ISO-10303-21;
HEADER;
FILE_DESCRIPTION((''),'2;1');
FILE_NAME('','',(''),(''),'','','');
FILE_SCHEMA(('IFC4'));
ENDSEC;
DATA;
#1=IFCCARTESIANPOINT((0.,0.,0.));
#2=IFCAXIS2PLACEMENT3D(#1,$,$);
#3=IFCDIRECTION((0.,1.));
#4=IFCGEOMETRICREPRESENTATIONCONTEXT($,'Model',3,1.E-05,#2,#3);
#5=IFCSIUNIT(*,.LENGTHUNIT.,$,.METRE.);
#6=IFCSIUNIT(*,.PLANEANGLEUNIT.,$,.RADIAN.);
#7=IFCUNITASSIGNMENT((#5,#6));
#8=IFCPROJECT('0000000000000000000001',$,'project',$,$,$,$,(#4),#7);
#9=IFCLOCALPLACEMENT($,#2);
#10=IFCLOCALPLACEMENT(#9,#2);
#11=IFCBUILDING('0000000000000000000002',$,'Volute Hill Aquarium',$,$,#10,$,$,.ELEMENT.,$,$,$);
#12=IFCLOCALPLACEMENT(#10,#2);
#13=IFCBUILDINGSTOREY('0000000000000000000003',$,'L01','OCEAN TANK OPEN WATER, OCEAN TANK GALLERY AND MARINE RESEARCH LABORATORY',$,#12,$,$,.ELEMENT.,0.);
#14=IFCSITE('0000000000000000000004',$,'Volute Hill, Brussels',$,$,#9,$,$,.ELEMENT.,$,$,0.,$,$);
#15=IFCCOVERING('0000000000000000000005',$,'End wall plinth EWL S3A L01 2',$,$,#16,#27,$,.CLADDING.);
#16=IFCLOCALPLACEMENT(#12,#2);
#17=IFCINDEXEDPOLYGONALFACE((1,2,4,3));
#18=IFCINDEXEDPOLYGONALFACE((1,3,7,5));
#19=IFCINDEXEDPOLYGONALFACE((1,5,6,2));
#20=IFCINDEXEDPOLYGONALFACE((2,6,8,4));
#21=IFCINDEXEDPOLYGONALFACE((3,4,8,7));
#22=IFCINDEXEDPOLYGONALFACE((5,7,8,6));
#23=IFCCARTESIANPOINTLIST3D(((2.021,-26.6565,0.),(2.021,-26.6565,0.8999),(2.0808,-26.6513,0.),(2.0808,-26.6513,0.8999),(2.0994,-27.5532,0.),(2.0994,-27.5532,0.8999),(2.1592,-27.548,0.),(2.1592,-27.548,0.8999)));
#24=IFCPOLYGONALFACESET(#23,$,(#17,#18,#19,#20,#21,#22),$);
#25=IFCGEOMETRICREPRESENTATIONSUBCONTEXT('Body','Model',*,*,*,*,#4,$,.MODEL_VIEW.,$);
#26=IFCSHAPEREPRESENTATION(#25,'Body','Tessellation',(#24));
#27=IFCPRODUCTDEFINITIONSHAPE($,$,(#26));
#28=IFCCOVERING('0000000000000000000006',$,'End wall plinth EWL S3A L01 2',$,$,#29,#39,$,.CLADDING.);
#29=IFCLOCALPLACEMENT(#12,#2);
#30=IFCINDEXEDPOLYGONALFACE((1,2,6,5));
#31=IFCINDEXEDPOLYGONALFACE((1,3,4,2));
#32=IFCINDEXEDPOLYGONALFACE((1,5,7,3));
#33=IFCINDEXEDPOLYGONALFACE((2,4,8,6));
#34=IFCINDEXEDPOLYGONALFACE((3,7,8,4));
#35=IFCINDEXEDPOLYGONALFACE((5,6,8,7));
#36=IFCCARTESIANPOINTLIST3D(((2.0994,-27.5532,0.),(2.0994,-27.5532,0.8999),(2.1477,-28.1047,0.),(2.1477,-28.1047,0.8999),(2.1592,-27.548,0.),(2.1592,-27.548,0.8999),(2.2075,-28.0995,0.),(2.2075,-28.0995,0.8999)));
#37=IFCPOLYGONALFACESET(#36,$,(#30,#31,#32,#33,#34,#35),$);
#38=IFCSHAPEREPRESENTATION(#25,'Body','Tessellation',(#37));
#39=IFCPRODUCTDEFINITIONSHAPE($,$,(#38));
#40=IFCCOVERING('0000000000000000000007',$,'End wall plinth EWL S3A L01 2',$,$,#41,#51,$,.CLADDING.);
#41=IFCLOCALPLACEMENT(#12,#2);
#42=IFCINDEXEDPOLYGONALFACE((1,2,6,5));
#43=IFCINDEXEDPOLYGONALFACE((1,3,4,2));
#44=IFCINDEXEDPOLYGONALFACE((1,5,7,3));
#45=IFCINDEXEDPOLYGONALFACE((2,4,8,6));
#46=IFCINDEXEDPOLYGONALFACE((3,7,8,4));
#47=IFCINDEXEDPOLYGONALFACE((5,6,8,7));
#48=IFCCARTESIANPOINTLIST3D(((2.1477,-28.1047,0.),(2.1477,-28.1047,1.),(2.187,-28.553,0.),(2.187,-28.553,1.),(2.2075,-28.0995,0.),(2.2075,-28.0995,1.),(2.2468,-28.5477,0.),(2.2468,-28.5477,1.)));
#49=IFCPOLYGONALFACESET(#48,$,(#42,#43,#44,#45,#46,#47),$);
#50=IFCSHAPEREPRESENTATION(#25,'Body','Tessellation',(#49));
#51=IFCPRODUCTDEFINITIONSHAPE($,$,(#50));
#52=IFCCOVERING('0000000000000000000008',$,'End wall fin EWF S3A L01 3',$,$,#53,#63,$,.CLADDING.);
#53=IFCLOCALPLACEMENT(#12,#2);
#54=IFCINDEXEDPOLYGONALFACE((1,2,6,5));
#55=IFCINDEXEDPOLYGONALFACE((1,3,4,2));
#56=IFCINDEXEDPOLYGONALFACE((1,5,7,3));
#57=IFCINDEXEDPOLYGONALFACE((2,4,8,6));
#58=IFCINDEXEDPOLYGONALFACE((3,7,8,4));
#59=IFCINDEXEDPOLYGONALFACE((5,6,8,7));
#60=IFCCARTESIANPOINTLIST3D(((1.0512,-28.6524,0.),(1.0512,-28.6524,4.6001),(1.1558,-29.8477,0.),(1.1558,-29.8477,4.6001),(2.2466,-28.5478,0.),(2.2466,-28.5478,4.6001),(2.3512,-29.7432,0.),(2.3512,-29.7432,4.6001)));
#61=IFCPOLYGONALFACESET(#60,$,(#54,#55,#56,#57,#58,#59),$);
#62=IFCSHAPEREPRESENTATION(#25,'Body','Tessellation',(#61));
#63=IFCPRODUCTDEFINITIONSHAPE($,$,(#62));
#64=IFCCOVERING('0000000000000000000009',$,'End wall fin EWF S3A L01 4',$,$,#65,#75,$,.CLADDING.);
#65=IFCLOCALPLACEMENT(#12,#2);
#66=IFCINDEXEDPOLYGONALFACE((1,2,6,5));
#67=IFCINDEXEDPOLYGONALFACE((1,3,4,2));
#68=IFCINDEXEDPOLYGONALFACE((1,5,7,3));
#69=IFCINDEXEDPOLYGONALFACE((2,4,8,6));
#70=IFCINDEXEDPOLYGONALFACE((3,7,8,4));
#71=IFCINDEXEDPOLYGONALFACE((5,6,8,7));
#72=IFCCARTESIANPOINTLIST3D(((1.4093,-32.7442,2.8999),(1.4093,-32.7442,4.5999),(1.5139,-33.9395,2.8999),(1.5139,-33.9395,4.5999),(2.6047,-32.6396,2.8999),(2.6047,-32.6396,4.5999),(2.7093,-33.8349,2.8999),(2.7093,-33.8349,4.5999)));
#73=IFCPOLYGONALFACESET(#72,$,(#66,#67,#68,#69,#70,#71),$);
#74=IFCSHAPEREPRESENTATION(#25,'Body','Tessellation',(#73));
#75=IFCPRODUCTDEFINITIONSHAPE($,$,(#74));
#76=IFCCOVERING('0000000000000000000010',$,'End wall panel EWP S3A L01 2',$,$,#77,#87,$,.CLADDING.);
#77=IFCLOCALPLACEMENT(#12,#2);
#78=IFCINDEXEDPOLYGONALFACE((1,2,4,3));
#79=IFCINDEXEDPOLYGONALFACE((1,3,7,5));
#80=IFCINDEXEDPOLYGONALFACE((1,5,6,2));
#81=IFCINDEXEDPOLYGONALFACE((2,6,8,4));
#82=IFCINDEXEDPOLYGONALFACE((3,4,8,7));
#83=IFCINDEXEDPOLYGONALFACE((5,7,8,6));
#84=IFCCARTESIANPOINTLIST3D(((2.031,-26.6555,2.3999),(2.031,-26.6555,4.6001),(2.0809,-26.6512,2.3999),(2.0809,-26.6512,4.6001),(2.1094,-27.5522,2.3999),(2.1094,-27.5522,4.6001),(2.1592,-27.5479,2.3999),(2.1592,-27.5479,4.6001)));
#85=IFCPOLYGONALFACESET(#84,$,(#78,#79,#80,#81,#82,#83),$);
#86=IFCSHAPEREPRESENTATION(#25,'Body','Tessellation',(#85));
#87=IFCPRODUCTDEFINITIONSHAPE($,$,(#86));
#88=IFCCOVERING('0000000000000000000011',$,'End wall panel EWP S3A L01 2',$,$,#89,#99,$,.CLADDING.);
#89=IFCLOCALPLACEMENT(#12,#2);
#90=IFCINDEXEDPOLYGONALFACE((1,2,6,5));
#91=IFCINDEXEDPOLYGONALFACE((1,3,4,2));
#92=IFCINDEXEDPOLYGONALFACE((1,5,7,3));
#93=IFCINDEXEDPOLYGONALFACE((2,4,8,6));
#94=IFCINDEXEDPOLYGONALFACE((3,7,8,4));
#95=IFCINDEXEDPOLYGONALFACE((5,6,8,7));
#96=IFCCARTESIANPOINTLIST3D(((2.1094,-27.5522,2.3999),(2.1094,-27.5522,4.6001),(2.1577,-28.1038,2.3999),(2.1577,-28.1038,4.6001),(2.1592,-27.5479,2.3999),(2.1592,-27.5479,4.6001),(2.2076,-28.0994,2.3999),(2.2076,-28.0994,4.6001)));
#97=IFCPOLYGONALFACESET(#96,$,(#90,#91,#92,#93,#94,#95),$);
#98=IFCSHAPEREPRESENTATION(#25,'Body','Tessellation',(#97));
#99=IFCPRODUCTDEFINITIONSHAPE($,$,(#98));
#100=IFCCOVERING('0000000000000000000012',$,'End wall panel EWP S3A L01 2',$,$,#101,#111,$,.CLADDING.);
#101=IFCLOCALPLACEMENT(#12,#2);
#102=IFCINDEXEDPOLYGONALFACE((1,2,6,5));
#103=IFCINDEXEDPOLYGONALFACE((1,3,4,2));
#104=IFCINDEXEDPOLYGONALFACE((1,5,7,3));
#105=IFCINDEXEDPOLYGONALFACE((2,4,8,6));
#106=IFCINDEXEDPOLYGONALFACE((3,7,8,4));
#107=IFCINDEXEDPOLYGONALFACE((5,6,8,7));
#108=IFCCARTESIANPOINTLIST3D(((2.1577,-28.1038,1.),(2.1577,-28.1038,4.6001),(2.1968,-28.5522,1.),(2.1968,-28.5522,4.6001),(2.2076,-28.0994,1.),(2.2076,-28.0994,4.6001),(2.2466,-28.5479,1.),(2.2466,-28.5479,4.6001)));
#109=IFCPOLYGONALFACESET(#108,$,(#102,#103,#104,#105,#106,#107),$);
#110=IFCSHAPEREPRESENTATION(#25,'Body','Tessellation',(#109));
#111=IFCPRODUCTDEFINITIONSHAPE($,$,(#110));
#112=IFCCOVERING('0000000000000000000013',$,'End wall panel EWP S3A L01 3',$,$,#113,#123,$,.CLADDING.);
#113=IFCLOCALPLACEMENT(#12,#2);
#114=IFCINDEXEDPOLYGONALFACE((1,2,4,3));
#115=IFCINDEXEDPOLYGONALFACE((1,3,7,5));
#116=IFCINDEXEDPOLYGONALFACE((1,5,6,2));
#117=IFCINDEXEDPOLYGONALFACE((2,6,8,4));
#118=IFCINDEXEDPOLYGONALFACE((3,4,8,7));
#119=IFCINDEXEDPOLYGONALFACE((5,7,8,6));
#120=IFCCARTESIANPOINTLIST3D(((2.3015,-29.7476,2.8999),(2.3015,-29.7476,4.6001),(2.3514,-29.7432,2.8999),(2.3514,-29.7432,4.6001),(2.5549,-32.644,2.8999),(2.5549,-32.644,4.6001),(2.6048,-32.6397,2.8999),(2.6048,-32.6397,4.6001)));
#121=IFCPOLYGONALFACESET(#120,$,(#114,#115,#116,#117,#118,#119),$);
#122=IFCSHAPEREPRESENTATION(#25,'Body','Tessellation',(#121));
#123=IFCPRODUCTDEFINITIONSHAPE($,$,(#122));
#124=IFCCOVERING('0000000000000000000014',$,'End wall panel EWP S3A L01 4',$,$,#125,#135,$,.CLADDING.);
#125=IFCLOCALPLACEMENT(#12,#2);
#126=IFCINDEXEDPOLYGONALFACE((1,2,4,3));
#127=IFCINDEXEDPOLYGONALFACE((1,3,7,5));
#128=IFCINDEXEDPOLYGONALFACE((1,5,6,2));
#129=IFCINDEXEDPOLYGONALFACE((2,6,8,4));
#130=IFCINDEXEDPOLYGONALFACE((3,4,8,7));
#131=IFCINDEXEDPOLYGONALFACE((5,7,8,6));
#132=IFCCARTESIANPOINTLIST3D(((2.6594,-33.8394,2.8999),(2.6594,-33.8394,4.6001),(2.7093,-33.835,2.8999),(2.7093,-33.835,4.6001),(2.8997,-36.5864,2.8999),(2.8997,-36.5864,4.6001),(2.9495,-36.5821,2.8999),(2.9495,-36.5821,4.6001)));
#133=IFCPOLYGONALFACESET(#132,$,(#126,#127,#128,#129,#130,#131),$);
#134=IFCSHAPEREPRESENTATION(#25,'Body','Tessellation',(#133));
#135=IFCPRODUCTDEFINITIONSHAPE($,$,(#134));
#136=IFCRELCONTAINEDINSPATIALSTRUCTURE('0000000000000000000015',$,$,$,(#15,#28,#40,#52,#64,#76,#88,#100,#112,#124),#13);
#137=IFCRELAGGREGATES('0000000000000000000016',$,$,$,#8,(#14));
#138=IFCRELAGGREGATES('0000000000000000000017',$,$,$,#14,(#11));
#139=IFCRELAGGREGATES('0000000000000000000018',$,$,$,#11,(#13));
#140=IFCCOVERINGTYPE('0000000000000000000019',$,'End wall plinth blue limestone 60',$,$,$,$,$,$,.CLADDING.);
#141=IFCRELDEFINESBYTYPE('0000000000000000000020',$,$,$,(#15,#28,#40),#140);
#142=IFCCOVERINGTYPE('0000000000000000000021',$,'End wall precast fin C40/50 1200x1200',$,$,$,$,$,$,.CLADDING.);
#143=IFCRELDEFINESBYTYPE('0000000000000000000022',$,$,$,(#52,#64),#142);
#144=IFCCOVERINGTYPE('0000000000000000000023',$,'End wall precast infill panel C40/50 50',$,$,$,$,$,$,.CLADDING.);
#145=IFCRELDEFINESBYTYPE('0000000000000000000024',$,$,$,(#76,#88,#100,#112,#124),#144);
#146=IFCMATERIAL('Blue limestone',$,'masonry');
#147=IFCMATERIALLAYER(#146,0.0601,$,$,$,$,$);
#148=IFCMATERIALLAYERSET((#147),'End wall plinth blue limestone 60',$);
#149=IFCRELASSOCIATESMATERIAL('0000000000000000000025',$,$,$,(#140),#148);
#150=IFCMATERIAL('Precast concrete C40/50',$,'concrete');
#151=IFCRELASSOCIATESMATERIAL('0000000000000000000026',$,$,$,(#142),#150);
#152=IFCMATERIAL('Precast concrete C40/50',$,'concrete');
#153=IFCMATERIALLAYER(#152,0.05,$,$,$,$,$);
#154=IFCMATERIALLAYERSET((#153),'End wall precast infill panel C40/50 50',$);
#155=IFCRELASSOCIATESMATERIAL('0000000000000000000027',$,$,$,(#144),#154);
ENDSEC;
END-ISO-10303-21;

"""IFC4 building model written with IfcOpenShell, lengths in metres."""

from ifc_helpers import new_model, si_unit, direction, frame, origin, origin_2d, place, context, subcontext, project, spatial, polyline, rectangle, outline, extrude, material, layer, layer_set, type_object, element, save


model = new_model("IFC4")

# Units and contexts
model_context = context("Model", 3, precision=1e-05, world=origin(), true_north=direction((0.0, 1.0)))
body_context = subcontext(model_context, "Body", "Model", "MODEL_VIEW")
ifc_project = project(units=[si_unit("LENGTHUNIT", "METRE"), si_unit("PLANEANGLEUNIT", "RADIAN")], contexts=[model_context])

# Site, building, storey
site_placement = place(None, origin())
site = spatial("IfcSite", under=ifc_project, at=site_placement, Name="Volute Hill, Brussels", CompositionType="ELEMENT", RefElevation=0.0)
building_placement = place(site_placement, origin())
building = spatial("IfcBuilding", under=site, at=building_placement, Name="Volute Hill Aquarium", CompositionType="ELEMENT")
storey_placement = place(building_placement, origin())
storey = spatial("IfcBuildingStorey", under=building, at=storey_placement, Name="L01", Description="OCEAN TANK OPEN WATER, OCEAN TANK GALLERY AND MARINE RESEARCH LABORATORY", CompositionType="ELEMENT", Elevation=0.0)

# Coverings
ifc_material_1 = material(Name="Blue limestone", Category="masonry")
ifc_layer_1 = layer(ifc_material_1, 0.0601)
ifc_layer_set_1 = layer_set([ifc_layer_1], Name="End wall plinth blue limestone 60")
covering_type_1 = type_object("IfcCoveringType", Name="End wall plinth blue limestone 60", PredefinedType="CLADDING", material=ifc_layer_set_1)
covering_1_placement = place(storey_placement, frame((2.021, -26.6565, 0.0), z_axis=(-0.996203, -0.087063, 0.0), x_axis=(0.087063, -0.996203, 0.0)))
element("IfcCovering", 1, at=covering_1_placement, inside=storey, type_object=covering_type_1, Name="End wall plinth EWL S3A L01 2", PredefinedType="CLADDING", context=body_context, shape_type="SweptSolid", body=[
    extrude(outline(polyline([(0.0, 0.0), (0.9001, 0.0), (0.9001, 0.8999), (0.0, 0.8999), (0.0, 0.0)])), origin(), (0.0, 0.0, -1.0), 0.0601),
])
covering_2_placement = place(storey_placement, frame((2.0994, -27.5532, 0.0), z_axis=(-0.996181, -0.087315, 0.0), x_axis=(0.087315, -0.996181, 0.0)))
element("IfcCovering", 2, at=covering_2_placement, inside=storey, type_object=covering_type_1, Name="End wall plinth EWL S3A L01 2", PredefinedType="CLADDING", context=body_context, shape_type="SweptSolid", body=[
    extrude(outline(polyline([(0.0, 0.0), (0.5536, 0.0), (0.5536, 0.8999), (0.0, 0.8999), (0.0, 0.0)])), origin(), (0.0, 0.0, -1.0), 0.0601),
])
covering_3_placement = place(storey_placement, frame((2.1477, -28.1047, 0.0), z_axis=(-0.996177, -0.087355, 0.0), x_axis=(0.087355, -0.996177, 0.0)))
element("IfcCovering", 3, at=covering_3_placement, inside=storey, type_object=covering_type_1, Name="End wall plinth EWL S3A L01 2", PredefinedType="CLADDING", context=body_context, shape_type="SweptSolid", body=[
    extrude(outline(polyline([(0.0, 0.0), (0.45, 0.0), (0.45, 1.0), (0.0, 1.0), (0.0, 0.0)])), origin(), (0.0, 0.0, -1.0), 0.0601),
])
ifc_material_2 = material(Name="Precast concrete C40/50", Category="concrete")
covering_type_2 = type_object("IfcCoveringType", Name="End wall precast fin C40/50 1200x1200", PredefinedType="CLADDING", material=ifc_material_2)
covering_4_placement = place(storey_placement, frame((1.7012, -29.1978, 0.0), z_axis=(0.0, 0.0, 1.0), x_axis=(0.08716, -0.996194, 0.0)))
element("IfcCovering", 4, at=covering_4_placement, inside=storey, type_object=covering_type_2, Name="End wall fin EWF S3A L01 3", PredefinedType="CLADDING", context=body_context, shape_type="SweptSolid", body=[
    extrude(rectangle(XDim=1.2, YDim=1.2, at=origin_2d()), origin(), (0.0, 0.0, 1.0), 4.6001),
])
covering_5_placement = place(storey_placement, frame((2.0593, -33.2896, 2.8999), z_axis=(0.0, 0.0, 1.0), x_axis=(0.08716, -0.996194, 0.0)))
element("IfcCovering", 5, at=covering_5_placement, inside=storey, type_object=covering_type_2, Name="End wall fin EWF S3A L01 4", PredefinedType="CLADDING", context=body_context, shape_type="SweptSolid", body=[
    extrude(rectangle(XDim=1.2, YDim=1.2, at=origin_2d()), origin(), (0.0, 0.0, 1.0), 1.7),
])
ifc_material_3 = material(Name="Precast concrete C40/50", Category="concrete")
ifc_layer_2 = layer(ifc_material_3, 0.05)
ifc_layer_set_2 = layer_set([ifc_layer_2], Name="End wall precast infill panel C40/50 50")
covering_type_3 = type_object("IfcCoveringType", Name="End wall precast infill panel C40/50 50", PredefinedType="CLADDING", material=ifc_layer_set_2)
covering_6_placement = place(storey_placement, frame((2.031, -26.6555, 2.3999), z_axis=(-0.996203, -0.087063, 0.0), x_axis=(0.087063, -0.996203, 0.0)))
element("IfcCovering", 6, at=covering_6_placement, inside=storey, type_object=covering_type_3, Name="End wall panel EWP S3A L01 2", PredefinedType="CLADDING", context=body_context, shape_type="SweptSolid", body=[
    extrude(outline(polyline([(0.0, 0.0), (0.9001, 0.0), (0.9001, 2.2002), (0.0, 2.2002), (0.0, 0.0)])), origin(), (0.0, 0.0, -1.0), 0.05),
])
covering_7_placement = place(storey_placement, frame((2.1094, -27.5522, 2.3999), z_axis=(-0.996181, -0.087315, 0.0), x_axis=(0.087315, -0.996181, 0.0)))
element("IfcCovering", 7, at=covering_7_placement, inside=storey, type_object=covering_type_3, Name="End wall panel EWP S3A L01 2", PredefinedType="CLADDING", context=body_context, shape_type="SweptSolid", body=[
    extrude(outline(polyline([(0.0, 0.0), (0.5536, 0.0), (0.5536, 2.2002), (0.0, 2.2002), (0.0, 0.0)])), origin(), (0.0, 0.0, -1.0), 0.05),
])
covering_8_placement = place(storey_placement, frame((2.1577, -28.1038, 1.0), z_axis=(-0.996228, -0.08677, 0.0), x_axis=(0.08677, -0.996228, 0.0)))
element("IfcCovering", 8, at=covering_8_placement, inside=storey, type_object=covering_type_3, Name="End wall panel EWP S3A L01 2", PredefinedType="CLADDING", context=body_context, shape_type="SweptSolid", body=[
    extrude(outline(polyline([(0.0, 0.0), (0.4502, 0.0), (0.4502, 3.6001), (0.0, 3.6001), (0.0, 0.0)])), origin(), (0.0, 0.0, -1.0), 0.05),
])
covering_9_placement = place(storey_placement, frame((2.3015, -29.7476, 2.8999), z_axis=(-0.996194, -0.087159, 0.0), x_axis=(0.087159, -0.996194, 0.0)))
element("IfcCovering", 9, at=covering_9_placement, inside=storey, type_object=covering_type_3, Name="End wall panel EWP S3A L01 3", PredefinedType="CLADDING", context=body_context, shape_type="SweptSolid", body=[
    extrude(outline(polyline([(0.0, 0.0), (2.9075, 0.0), (2.9075, 1.7002), (0.0, 1.7002), (0.0, 0.0)])), origin(), (0.0, 0.0, -1.0), 0.05),
])
covering_10_placement = place(storey_placement, frame((2.6594, -33.8394, 2.8999), z_axis=(-0.996198, -0.087119, 0.0), x_axis=(0.087119, -0.996198, 0.0)))
element("IfcCovering", 10, at=covering_10_placement, inside=storey, type_object=covering_type_3, Name="End wall panel EWP S3A L01 4", PredefinedType="CLADDING", context=body_context, shape_type="SweptSolid", body=[
    extrude(outline(polyline([(0.0, 0.0), (2.7576, 0.0), (2.7576, 1.7002), (0.0, 1.7002), (0.0, 0.0)])), origin(), (0.0, 0.0, -1.0), 0.05),
])

save(model, "model.ifc")
